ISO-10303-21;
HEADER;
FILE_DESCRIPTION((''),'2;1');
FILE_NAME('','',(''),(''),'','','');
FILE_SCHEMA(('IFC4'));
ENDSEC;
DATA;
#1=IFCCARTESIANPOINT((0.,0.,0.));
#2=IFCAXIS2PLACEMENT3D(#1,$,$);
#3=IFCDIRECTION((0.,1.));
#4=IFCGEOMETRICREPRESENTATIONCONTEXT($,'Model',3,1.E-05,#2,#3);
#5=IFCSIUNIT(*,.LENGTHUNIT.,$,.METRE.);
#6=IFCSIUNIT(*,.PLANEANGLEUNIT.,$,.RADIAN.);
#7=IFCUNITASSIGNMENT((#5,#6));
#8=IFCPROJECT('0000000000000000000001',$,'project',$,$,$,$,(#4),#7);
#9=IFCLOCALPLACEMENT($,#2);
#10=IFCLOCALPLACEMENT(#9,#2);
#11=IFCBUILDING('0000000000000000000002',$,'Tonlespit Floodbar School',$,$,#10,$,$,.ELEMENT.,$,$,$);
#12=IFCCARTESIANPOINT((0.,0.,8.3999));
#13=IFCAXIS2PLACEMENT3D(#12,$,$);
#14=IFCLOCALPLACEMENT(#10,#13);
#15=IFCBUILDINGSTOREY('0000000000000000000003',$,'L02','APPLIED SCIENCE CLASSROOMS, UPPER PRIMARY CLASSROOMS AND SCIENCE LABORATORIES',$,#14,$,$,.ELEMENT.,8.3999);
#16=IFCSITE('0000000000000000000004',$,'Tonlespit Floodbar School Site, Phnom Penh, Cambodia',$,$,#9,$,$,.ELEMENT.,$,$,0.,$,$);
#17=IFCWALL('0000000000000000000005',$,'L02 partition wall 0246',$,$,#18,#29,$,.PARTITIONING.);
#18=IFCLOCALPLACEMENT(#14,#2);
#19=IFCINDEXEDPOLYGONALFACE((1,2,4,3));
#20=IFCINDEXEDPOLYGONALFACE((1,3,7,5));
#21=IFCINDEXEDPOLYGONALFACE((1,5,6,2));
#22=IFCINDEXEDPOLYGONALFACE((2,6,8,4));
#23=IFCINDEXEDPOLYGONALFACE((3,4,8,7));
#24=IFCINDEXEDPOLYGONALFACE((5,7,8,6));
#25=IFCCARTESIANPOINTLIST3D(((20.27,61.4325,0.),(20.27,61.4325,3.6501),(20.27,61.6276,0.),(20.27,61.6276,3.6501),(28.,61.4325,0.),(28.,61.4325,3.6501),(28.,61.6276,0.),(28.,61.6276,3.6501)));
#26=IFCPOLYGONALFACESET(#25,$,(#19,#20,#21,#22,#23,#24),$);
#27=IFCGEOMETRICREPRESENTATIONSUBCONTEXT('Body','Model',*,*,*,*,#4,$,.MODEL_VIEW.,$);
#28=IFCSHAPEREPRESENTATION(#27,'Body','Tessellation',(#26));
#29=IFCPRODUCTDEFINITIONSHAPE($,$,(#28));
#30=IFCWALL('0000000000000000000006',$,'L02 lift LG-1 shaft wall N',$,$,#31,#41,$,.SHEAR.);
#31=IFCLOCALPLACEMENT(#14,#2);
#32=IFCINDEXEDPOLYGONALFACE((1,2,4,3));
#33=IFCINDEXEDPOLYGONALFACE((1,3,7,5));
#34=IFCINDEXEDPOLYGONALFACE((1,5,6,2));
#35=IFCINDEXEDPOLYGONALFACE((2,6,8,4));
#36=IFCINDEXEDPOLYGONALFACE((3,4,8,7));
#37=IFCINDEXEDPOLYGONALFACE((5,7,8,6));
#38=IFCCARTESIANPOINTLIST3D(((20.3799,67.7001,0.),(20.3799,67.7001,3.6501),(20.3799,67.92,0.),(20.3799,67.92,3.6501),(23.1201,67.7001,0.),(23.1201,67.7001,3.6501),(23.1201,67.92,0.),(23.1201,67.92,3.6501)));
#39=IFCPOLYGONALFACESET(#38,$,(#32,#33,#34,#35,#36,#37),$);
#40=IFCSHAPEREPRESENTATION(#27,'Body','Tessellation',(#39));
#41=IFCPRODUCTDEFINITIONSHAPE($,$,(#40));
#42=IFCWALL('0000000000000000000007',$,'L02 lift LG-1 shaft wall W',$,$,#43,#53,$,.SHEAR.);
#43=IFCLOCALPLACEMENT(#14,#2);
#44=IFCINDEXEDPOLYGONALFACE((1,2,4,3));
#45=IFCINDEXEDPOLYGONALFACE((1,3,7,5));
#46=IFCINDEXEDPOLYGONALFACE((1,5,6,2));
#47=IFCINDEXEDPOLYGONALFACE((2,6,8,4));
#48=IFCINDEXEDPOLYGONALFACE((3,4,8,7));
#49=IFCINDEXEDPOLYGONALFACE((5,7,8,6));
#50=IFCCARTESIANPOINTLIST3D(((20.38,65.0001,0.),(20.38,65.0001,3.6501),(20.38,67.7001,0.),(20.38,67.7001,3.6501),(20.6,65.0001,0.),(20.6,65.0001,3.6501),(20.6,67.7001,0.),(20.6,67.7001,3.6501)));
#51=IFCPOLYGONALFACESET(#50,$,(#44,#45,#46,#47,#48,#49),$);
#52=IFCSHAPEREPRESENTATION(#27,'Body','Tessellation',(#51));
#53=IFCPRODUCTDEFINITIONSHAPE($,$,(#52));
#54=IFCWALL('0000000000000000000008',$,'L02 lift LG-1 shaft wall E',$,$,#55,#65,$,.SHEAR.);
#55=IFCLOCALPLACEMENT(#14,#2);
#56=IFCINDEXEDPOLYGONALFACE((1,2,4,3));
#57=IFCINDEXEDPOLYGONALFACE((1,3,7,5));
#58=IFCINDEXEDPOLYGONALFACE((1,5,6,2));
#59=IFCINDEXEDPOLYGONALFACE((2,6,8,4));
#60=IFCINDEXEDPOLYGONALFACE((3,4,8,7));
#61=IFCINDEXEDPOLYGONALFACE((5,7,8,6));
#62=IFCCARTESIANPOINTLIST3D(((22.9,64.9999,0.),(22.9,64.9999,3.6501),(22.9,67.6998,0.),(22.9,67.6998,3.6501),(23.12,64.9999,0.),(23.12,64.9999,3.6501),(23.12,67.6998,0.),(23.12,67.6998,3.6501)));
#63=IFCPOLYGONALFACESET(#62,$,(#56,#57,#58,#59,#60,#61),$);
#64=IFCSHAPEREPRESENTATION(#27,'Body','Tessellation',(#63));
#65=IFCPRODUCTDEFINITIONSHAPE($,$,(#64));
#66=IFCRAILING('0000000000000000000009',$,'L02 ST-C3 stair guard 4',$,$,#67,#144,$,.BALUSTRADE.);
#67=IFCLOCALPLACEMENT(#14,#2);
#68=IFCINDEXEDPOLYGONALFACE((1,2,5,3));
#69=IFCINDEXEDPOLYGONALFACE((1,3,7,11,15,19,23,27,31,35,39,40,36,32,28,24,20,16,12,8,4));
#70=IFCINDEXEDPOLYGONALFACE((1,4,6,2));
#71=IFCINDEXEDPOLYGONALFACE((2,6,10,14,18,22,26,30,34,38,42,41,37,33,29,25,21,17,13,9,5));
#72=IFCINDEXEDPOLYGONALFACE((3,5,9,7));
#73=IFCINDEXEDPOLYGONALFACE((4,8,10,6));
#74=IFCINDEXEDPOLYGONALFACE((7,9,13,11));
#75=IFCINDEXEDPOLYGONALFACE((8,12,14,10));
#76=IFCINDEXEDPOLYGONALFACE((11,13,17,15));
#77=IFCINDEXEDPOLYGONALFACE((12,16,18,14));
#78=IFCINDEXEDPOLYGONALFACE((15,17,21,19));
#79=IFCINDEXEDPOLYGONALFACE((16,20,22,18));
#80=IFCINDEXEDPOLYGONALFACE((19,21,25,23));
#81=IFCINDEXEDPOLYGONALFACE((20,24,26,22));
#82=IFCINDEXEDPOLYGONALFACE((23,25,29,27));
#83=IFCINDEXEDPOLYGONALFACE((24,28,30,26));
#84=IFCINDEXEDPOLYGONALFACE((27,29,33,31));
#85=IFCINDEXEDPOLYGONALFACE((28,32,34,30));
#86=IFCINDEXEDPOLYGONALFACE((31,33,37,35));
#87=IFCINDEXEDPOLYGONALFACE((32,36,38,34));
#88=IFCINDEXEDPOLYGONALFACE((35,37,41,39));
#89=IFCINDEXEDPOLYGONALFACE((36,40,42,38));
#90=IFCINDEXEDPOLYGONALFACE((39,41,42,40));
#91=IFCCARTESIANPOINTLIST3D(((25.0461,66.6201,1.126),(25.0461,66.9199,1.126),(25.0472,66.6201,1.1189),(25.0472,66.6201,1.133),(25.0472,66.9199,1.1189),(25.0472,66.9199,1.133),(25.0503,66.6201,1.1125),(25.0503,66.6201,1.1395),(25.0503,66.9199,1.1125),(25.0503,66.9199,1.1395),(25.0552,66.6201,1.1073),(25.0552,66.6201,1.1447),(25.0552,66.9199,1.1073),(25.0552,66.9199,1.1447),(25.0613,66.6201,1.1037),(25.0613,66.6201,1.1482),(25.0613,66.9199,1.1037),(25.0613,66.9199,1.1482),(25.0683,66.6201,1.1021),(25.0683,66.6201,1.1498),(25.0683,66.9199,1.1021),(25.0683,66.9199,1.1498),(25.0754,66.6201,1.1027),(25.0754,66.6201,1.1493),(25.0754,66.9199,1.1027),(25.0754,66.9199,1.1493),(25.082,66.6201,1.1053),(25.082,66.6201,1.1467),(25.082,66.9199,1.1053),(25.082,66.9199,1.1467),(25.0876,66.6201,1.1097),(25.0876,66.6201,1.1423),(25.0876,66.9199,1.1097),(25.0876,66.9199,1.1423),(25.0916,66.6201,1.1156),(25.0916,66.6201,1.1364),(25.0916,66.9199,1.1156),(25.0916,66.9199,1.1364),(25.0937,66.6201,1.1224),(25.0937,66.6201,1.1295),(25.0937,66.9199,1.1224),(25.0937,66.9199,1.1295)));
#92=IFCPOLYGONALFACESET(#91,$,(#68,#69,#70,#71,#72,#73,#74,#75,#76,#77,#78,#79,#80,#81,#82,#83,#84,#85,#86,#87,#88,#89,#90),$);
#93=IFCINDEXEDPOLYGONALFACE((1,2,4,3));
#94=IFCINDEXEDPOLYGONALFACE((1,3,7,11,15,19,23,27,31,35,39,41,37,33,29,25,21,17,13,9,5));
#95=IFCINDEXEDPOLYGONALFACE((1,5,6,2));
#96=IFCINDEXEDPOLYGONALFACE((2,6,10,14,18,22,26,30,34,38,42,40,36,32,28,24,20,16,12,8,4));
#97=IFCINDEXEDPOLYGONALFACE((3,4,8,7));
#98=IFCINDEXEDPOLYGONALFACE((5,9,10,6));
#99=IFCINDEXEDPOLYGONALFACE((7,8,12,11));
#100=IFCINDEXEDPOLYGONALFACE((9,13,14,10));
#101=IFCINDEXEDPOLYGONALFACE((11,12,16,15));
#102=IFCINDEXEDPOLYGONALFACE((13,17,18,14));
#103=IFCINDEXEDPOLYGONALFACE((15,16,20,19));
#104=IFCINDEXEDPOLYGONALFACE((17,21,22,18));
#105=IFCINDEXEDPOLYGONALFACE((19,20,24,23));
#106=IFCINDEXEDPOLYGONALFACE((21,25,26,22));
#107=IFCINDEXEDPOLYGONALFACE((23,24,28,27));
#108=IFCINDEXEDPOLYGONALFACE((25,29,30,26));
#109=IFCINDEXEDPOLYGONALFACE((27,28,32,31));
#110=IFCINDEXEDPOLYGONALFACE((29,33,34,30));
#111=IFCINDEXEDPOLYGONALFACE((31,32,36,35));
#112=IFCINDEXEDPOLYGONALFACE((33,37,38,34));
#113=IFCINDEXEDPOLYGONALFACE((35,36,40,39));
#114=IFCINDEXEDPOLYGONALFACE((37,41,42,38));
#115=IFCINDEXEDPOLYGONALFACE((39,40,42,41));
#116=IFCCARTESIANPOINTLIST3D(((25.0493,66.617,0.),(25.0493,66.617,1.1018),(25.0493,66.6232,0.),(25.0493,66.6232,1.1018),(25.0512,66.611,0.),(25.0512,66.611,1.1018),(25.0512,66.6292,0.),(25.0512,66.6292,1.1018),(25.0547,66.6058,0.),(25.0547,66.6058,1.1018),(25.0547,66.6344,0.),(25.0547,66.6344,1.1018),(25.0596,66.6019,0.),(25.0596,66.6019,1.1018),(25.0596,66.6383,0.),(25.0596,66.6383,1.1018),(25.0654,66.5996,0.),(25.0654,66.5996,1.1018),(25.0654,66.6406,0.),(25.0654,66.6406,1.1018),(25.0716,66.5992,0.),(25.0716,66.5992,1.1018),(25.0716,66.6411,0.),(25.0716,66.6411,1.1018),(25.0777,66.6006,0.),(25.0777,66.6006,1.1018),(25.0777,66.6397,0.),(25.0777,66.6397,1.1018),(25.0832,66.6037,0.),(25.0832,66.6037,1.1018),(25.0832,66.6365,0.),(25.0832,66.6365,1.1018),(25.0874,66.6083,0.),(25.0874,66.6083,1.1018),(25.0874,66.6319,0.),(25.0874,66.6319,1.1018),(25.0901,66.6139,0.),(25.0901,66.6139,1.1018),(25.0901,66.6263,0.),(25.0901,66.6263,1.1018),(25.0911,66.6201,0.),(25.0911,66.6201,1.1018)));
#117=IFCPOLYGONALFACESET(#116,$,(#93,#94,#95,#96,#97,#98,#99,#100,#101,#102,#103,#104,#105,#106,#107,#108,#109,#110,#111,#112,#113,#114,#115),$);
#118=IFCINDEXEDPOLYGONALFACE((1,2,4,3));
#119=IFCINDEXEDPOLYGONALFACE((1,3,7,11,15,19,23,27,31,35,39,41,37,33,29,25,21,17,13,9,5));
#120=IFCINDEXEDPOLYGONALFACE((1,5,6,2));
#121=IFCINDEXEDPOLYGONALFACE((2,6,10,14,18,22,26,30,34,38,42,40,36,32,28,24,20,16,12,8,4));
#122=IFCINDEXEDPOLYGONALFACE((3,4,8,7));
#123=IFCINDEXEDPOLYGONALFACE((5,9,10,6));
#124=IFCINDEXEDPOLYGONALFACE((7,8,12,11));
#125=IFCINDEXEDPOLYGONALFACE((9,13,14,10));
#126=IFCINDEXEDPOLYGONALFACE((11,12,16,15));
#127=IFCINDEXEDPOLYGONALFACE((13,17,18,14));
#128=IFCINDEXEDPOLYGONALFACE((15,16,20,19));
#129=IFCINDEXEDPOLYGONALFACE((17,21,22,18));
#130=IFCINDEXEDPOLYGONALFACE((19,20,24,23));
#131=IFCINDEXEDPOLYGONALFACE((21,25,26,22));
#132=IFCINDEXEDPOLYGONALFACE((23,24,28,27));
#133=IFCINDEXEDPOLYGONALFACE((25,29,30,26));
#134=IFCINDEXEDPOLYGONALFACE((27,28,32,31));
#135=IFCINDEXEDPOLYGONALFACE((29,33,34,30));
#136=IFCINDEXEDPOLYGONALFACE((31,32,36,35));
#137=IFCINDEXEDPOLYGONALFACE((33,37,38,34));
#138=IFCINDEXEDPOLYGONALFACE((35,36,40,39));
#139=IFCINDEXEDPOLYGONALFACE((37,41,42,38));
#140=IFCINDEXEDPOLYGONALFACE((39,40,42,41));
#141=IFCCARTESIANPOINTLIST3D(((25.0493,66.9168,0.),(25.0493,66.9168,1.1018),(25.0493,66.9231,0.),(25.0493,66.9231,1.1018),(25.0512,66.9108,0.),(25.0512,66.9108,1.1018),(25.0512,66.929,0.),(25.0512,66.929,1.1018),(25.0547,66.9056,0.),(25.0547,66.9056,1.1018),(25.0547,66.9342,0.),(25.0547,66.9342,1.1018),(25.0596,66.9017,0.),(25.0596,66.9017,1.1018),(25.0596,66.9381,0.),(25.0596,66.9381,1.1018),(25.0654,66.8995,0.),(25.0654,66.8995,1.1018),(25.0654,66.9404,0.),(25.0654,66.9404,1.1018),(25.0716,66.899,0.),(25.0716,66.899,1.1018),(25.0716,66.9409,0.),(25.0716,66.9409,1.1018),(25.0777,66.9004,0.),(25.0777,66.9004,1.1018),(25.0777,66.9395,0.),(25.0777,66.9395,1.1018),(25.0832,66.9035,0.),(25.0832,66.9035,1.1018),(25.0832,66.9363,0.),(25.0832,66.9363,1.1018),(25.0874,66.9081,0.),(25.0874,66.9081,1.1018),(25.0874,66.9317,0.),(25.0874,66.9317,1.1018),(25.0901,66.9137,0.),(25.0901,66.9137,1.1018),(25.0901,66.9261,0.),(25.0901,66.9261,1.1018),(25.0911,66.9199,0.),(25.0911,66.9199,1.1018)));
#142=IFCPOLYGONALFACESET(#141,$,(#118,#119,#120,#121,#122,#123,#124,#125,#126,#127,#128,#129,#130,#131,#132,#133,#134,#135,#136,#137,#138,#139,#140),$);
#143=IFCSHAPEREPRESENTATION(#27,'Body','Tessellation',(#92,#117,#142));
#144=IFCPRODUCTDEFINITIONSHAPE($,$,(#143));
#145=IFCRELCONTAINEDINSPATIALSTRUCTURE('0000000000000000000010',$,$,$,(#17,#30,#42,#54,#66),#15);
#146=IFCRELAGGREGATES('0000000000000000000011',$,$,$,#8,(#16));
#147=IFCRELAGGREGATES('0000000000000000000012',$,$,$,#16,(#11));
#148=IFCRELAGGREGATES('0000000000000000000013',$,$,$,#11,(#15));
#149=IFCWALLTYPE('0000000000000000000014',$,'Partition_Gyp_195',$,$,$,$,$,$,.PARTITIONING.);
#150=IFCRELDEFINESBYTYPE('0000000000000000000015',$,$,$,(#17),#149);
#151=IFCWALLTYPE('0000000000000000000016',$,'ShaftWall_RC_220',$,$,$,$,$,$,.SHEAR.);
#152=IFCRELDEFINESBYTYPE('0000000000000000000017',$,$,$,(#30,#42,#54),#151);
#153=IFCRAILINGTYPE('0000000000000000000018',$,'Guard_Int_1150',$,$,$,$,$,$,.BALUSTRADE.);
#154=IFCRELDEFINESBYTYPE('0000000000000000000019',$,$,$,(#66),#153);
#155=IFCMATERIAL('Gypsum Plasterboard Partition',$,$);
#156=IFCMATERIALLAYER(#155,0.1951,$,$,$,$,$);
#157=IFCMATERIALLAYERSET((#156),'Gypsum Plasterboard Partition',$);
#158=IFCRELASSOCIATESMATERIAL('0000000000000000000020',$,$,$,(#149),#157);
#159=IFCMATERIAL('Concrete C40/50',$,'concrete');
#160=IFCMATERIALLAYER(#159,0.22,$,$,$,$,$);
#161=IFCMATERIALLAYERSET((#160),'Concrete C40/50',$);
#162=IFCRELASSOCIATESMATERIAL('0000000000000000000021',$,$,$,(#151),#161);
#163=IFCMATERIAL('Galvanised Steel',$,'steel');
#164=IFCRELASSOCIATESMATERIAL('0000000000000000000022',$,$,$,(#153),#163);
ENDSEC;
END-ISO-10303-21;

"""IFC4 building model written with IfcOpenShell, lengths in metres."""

from ifc_helpers import new_model, si_unit, direction, frame, frame_2d, origin, origin_2d, place, context, subcontext, project, spatial, rectangle, circle, extrude, material, layer, layer_set, type_object, element, save


model = new_model("IFC4")

# Units and contexts
model_context = context("Model", 3, precision=1e-05, world=origin(), true_north=direction((0.0, 1.0)))
body_context = subcontext(model_context, "Body", "Model", "MODEL_VIEW")
ifc_project = project(units=[si_unit("LENGTHUNIT", "METRE"), si_unit("PLANEANGLEUNIT", "RADIAN")], contexts=[model_context])

# Site, building, storey
site_placement = place(None, origin())
site = spatial("IfcSite", under=ifc_project, at=site_placement, Name="Tonlespit Floodbar School Site, Phnom Penh, Cambodia", CompositionType="ELEMENT", RefElevation=0.0)
building_placement = place(site_placement, origin())
building = spatial("IfcBuilding", under=site, at=building_placement, Name="Tonlespit Floodbar School", CompositionType="ELEMENT")
storey_placement = place(building_placement, frame((0.0, 0.0, 8.3999)))
storey = spatial("IfcBuildingStorey", under=building, at=storey_placement, Name="L02", Description="APPLIED SCIENCE CLASSROOMS, UPPER PRIMARY CLASSROOMS AND SCIENCE LABORATORIES", CompositionType="ELEMENT", Elevation=8.3999)

# Shared definitions
ifc_material_1 = material(Name="Concrete C40/50", Category="concrete")

# Shared definitions
ifc_material_2 = material(Name="Galvanised Steel", Category="steel")
ifc_material_3 = material(Name="Gypsum Plasterboard Partition")

# Wall
ifc_layer_1 = layer(ifc_material_3, 0.1951)
ifc_layer_set_1 = layer_set([ifc_layer_1], Name="Gypsum Plasterboard Partition")
wall_type_1 = type_object("IfcWallType", Name="Partition_Gyp_195", PredefinedType="PARTITIONING", material=ifc_layer_set_1)
wall_1_placement = place(storey_placement, frame((20.27, 61.53, 0.0), z_axis=(0.0, 0.0, 1.0), x_axis=(1.0, 0.0, 0.0)))
element("IfcWall", 1, at=wall_1_placement, inside=storey, type_object=wall_type_1, Name="L02 partition wall 0246", PredefinedType="PARTITIONING", context=body_context, shape_type="SweptSolid", body=[
    extrude(rectangle(XDim=7.73, YDim=0.1951, at=frame_2d((3.865, 0.0))), origin(), (0.0, 0.0, 1.0), 3.6501),
])

# Shared definitions
ifc_layer_2 = layer(ifc_material_1, 0.22)
ifc_layer_set_2 = layer_set([ifc_layer_2], Name="Concrete C40/50")
wall_type_2 = type_object("IfcWallType", Name="ShaftWall_RC_220", PredefinedType="SHEAR", material=ifc_layer_set_2)

# Walls
wall_2_placement = place(storey_placement, frame((20.3799, 67.8101, 0.0), z_axis=(0.0, 0.0, 1.0), x_axis=(1.0, 0.0, 0.0)))
element("IfcWall", 2, at=wall_2_placement, inside=storey, type_object=wall_type_2, Name="L02 lift LG-1 shaft wall N", PredefinedType="SHEAR", context=body_context, shape_type="SweptSolid", body=[
    extrude(rectangle(XDim=2.7402, YDim=0.22, at=frame_2d((1.3701, 0.0))), origin(), (0.0, 0.0, 1.0), 3.6501),
])
for number, where, z_axis, x_axis, name in (
    (3, (20.49, 65.0, 0.0), (0.0, 0.0, 1.0), (0.0, 1.0, 0.0), "L02 lift LG-1 shaft wall W"),
    (4, (23.01, 67.7, 0.0), (0.0, 0.0, 1.0), (0.0, -1.0, 0.0), "L02 lift LG-1 shaft wall E"),
):
    element("IfcWall", number, at=place(storey_placement, frame(where, z_axis=z_axis, x_axis=x_axis)), inside=storey, type_object=wall_type_2, Name=name, PredefinedType="SHEAR", context=body_context, shape_type="SweptSolid", body=[
        extrude(rectangle(XDim=2.7, YDim=0.22, at=frame_2d((1.3501, 0.0))), origin(), (0.0, 0.0, 1.0), 3.6501),
    ])

# Railing
railing_type = type_object("IfcRailingType", Name="Guard_Int_1150", PredefinedType="BALUSTRADE", material=ifc_material_2)
railing_placement = place(storey_placement, frame((25.0701, 66.6201, 0.0)))
element("IfcRailing", 5, at=railing_placement, inside=storey, type_object=railing_type, Name="L02 ST-C3 stair guard 4", PredefinedType="BALUSTRADE", context=body_context, shape_type="SweptSolid", body=[
    extrude(circle(Radius=0.0239, at=origin_2d()), frame((0.0, 0.0, 1.126), z_axis=(0.0, 1.0, 0.0), x_axis=(-1.0, 0.0, 0.0)), (0.0, 0.0, 1.0), 0.2998),
    extrude(circle(Radius=0.021, at=origin_2d()), origin(), (0.0, 0.0, 1.0), 1.1018),
    extrude(circle(Radius=0.021, at=origin_2d()), frame((0.0, 0.2998, 0.0)), (0.0, 0.0, 1.0), 1.1018),
])

save(model, "model.ifc")
